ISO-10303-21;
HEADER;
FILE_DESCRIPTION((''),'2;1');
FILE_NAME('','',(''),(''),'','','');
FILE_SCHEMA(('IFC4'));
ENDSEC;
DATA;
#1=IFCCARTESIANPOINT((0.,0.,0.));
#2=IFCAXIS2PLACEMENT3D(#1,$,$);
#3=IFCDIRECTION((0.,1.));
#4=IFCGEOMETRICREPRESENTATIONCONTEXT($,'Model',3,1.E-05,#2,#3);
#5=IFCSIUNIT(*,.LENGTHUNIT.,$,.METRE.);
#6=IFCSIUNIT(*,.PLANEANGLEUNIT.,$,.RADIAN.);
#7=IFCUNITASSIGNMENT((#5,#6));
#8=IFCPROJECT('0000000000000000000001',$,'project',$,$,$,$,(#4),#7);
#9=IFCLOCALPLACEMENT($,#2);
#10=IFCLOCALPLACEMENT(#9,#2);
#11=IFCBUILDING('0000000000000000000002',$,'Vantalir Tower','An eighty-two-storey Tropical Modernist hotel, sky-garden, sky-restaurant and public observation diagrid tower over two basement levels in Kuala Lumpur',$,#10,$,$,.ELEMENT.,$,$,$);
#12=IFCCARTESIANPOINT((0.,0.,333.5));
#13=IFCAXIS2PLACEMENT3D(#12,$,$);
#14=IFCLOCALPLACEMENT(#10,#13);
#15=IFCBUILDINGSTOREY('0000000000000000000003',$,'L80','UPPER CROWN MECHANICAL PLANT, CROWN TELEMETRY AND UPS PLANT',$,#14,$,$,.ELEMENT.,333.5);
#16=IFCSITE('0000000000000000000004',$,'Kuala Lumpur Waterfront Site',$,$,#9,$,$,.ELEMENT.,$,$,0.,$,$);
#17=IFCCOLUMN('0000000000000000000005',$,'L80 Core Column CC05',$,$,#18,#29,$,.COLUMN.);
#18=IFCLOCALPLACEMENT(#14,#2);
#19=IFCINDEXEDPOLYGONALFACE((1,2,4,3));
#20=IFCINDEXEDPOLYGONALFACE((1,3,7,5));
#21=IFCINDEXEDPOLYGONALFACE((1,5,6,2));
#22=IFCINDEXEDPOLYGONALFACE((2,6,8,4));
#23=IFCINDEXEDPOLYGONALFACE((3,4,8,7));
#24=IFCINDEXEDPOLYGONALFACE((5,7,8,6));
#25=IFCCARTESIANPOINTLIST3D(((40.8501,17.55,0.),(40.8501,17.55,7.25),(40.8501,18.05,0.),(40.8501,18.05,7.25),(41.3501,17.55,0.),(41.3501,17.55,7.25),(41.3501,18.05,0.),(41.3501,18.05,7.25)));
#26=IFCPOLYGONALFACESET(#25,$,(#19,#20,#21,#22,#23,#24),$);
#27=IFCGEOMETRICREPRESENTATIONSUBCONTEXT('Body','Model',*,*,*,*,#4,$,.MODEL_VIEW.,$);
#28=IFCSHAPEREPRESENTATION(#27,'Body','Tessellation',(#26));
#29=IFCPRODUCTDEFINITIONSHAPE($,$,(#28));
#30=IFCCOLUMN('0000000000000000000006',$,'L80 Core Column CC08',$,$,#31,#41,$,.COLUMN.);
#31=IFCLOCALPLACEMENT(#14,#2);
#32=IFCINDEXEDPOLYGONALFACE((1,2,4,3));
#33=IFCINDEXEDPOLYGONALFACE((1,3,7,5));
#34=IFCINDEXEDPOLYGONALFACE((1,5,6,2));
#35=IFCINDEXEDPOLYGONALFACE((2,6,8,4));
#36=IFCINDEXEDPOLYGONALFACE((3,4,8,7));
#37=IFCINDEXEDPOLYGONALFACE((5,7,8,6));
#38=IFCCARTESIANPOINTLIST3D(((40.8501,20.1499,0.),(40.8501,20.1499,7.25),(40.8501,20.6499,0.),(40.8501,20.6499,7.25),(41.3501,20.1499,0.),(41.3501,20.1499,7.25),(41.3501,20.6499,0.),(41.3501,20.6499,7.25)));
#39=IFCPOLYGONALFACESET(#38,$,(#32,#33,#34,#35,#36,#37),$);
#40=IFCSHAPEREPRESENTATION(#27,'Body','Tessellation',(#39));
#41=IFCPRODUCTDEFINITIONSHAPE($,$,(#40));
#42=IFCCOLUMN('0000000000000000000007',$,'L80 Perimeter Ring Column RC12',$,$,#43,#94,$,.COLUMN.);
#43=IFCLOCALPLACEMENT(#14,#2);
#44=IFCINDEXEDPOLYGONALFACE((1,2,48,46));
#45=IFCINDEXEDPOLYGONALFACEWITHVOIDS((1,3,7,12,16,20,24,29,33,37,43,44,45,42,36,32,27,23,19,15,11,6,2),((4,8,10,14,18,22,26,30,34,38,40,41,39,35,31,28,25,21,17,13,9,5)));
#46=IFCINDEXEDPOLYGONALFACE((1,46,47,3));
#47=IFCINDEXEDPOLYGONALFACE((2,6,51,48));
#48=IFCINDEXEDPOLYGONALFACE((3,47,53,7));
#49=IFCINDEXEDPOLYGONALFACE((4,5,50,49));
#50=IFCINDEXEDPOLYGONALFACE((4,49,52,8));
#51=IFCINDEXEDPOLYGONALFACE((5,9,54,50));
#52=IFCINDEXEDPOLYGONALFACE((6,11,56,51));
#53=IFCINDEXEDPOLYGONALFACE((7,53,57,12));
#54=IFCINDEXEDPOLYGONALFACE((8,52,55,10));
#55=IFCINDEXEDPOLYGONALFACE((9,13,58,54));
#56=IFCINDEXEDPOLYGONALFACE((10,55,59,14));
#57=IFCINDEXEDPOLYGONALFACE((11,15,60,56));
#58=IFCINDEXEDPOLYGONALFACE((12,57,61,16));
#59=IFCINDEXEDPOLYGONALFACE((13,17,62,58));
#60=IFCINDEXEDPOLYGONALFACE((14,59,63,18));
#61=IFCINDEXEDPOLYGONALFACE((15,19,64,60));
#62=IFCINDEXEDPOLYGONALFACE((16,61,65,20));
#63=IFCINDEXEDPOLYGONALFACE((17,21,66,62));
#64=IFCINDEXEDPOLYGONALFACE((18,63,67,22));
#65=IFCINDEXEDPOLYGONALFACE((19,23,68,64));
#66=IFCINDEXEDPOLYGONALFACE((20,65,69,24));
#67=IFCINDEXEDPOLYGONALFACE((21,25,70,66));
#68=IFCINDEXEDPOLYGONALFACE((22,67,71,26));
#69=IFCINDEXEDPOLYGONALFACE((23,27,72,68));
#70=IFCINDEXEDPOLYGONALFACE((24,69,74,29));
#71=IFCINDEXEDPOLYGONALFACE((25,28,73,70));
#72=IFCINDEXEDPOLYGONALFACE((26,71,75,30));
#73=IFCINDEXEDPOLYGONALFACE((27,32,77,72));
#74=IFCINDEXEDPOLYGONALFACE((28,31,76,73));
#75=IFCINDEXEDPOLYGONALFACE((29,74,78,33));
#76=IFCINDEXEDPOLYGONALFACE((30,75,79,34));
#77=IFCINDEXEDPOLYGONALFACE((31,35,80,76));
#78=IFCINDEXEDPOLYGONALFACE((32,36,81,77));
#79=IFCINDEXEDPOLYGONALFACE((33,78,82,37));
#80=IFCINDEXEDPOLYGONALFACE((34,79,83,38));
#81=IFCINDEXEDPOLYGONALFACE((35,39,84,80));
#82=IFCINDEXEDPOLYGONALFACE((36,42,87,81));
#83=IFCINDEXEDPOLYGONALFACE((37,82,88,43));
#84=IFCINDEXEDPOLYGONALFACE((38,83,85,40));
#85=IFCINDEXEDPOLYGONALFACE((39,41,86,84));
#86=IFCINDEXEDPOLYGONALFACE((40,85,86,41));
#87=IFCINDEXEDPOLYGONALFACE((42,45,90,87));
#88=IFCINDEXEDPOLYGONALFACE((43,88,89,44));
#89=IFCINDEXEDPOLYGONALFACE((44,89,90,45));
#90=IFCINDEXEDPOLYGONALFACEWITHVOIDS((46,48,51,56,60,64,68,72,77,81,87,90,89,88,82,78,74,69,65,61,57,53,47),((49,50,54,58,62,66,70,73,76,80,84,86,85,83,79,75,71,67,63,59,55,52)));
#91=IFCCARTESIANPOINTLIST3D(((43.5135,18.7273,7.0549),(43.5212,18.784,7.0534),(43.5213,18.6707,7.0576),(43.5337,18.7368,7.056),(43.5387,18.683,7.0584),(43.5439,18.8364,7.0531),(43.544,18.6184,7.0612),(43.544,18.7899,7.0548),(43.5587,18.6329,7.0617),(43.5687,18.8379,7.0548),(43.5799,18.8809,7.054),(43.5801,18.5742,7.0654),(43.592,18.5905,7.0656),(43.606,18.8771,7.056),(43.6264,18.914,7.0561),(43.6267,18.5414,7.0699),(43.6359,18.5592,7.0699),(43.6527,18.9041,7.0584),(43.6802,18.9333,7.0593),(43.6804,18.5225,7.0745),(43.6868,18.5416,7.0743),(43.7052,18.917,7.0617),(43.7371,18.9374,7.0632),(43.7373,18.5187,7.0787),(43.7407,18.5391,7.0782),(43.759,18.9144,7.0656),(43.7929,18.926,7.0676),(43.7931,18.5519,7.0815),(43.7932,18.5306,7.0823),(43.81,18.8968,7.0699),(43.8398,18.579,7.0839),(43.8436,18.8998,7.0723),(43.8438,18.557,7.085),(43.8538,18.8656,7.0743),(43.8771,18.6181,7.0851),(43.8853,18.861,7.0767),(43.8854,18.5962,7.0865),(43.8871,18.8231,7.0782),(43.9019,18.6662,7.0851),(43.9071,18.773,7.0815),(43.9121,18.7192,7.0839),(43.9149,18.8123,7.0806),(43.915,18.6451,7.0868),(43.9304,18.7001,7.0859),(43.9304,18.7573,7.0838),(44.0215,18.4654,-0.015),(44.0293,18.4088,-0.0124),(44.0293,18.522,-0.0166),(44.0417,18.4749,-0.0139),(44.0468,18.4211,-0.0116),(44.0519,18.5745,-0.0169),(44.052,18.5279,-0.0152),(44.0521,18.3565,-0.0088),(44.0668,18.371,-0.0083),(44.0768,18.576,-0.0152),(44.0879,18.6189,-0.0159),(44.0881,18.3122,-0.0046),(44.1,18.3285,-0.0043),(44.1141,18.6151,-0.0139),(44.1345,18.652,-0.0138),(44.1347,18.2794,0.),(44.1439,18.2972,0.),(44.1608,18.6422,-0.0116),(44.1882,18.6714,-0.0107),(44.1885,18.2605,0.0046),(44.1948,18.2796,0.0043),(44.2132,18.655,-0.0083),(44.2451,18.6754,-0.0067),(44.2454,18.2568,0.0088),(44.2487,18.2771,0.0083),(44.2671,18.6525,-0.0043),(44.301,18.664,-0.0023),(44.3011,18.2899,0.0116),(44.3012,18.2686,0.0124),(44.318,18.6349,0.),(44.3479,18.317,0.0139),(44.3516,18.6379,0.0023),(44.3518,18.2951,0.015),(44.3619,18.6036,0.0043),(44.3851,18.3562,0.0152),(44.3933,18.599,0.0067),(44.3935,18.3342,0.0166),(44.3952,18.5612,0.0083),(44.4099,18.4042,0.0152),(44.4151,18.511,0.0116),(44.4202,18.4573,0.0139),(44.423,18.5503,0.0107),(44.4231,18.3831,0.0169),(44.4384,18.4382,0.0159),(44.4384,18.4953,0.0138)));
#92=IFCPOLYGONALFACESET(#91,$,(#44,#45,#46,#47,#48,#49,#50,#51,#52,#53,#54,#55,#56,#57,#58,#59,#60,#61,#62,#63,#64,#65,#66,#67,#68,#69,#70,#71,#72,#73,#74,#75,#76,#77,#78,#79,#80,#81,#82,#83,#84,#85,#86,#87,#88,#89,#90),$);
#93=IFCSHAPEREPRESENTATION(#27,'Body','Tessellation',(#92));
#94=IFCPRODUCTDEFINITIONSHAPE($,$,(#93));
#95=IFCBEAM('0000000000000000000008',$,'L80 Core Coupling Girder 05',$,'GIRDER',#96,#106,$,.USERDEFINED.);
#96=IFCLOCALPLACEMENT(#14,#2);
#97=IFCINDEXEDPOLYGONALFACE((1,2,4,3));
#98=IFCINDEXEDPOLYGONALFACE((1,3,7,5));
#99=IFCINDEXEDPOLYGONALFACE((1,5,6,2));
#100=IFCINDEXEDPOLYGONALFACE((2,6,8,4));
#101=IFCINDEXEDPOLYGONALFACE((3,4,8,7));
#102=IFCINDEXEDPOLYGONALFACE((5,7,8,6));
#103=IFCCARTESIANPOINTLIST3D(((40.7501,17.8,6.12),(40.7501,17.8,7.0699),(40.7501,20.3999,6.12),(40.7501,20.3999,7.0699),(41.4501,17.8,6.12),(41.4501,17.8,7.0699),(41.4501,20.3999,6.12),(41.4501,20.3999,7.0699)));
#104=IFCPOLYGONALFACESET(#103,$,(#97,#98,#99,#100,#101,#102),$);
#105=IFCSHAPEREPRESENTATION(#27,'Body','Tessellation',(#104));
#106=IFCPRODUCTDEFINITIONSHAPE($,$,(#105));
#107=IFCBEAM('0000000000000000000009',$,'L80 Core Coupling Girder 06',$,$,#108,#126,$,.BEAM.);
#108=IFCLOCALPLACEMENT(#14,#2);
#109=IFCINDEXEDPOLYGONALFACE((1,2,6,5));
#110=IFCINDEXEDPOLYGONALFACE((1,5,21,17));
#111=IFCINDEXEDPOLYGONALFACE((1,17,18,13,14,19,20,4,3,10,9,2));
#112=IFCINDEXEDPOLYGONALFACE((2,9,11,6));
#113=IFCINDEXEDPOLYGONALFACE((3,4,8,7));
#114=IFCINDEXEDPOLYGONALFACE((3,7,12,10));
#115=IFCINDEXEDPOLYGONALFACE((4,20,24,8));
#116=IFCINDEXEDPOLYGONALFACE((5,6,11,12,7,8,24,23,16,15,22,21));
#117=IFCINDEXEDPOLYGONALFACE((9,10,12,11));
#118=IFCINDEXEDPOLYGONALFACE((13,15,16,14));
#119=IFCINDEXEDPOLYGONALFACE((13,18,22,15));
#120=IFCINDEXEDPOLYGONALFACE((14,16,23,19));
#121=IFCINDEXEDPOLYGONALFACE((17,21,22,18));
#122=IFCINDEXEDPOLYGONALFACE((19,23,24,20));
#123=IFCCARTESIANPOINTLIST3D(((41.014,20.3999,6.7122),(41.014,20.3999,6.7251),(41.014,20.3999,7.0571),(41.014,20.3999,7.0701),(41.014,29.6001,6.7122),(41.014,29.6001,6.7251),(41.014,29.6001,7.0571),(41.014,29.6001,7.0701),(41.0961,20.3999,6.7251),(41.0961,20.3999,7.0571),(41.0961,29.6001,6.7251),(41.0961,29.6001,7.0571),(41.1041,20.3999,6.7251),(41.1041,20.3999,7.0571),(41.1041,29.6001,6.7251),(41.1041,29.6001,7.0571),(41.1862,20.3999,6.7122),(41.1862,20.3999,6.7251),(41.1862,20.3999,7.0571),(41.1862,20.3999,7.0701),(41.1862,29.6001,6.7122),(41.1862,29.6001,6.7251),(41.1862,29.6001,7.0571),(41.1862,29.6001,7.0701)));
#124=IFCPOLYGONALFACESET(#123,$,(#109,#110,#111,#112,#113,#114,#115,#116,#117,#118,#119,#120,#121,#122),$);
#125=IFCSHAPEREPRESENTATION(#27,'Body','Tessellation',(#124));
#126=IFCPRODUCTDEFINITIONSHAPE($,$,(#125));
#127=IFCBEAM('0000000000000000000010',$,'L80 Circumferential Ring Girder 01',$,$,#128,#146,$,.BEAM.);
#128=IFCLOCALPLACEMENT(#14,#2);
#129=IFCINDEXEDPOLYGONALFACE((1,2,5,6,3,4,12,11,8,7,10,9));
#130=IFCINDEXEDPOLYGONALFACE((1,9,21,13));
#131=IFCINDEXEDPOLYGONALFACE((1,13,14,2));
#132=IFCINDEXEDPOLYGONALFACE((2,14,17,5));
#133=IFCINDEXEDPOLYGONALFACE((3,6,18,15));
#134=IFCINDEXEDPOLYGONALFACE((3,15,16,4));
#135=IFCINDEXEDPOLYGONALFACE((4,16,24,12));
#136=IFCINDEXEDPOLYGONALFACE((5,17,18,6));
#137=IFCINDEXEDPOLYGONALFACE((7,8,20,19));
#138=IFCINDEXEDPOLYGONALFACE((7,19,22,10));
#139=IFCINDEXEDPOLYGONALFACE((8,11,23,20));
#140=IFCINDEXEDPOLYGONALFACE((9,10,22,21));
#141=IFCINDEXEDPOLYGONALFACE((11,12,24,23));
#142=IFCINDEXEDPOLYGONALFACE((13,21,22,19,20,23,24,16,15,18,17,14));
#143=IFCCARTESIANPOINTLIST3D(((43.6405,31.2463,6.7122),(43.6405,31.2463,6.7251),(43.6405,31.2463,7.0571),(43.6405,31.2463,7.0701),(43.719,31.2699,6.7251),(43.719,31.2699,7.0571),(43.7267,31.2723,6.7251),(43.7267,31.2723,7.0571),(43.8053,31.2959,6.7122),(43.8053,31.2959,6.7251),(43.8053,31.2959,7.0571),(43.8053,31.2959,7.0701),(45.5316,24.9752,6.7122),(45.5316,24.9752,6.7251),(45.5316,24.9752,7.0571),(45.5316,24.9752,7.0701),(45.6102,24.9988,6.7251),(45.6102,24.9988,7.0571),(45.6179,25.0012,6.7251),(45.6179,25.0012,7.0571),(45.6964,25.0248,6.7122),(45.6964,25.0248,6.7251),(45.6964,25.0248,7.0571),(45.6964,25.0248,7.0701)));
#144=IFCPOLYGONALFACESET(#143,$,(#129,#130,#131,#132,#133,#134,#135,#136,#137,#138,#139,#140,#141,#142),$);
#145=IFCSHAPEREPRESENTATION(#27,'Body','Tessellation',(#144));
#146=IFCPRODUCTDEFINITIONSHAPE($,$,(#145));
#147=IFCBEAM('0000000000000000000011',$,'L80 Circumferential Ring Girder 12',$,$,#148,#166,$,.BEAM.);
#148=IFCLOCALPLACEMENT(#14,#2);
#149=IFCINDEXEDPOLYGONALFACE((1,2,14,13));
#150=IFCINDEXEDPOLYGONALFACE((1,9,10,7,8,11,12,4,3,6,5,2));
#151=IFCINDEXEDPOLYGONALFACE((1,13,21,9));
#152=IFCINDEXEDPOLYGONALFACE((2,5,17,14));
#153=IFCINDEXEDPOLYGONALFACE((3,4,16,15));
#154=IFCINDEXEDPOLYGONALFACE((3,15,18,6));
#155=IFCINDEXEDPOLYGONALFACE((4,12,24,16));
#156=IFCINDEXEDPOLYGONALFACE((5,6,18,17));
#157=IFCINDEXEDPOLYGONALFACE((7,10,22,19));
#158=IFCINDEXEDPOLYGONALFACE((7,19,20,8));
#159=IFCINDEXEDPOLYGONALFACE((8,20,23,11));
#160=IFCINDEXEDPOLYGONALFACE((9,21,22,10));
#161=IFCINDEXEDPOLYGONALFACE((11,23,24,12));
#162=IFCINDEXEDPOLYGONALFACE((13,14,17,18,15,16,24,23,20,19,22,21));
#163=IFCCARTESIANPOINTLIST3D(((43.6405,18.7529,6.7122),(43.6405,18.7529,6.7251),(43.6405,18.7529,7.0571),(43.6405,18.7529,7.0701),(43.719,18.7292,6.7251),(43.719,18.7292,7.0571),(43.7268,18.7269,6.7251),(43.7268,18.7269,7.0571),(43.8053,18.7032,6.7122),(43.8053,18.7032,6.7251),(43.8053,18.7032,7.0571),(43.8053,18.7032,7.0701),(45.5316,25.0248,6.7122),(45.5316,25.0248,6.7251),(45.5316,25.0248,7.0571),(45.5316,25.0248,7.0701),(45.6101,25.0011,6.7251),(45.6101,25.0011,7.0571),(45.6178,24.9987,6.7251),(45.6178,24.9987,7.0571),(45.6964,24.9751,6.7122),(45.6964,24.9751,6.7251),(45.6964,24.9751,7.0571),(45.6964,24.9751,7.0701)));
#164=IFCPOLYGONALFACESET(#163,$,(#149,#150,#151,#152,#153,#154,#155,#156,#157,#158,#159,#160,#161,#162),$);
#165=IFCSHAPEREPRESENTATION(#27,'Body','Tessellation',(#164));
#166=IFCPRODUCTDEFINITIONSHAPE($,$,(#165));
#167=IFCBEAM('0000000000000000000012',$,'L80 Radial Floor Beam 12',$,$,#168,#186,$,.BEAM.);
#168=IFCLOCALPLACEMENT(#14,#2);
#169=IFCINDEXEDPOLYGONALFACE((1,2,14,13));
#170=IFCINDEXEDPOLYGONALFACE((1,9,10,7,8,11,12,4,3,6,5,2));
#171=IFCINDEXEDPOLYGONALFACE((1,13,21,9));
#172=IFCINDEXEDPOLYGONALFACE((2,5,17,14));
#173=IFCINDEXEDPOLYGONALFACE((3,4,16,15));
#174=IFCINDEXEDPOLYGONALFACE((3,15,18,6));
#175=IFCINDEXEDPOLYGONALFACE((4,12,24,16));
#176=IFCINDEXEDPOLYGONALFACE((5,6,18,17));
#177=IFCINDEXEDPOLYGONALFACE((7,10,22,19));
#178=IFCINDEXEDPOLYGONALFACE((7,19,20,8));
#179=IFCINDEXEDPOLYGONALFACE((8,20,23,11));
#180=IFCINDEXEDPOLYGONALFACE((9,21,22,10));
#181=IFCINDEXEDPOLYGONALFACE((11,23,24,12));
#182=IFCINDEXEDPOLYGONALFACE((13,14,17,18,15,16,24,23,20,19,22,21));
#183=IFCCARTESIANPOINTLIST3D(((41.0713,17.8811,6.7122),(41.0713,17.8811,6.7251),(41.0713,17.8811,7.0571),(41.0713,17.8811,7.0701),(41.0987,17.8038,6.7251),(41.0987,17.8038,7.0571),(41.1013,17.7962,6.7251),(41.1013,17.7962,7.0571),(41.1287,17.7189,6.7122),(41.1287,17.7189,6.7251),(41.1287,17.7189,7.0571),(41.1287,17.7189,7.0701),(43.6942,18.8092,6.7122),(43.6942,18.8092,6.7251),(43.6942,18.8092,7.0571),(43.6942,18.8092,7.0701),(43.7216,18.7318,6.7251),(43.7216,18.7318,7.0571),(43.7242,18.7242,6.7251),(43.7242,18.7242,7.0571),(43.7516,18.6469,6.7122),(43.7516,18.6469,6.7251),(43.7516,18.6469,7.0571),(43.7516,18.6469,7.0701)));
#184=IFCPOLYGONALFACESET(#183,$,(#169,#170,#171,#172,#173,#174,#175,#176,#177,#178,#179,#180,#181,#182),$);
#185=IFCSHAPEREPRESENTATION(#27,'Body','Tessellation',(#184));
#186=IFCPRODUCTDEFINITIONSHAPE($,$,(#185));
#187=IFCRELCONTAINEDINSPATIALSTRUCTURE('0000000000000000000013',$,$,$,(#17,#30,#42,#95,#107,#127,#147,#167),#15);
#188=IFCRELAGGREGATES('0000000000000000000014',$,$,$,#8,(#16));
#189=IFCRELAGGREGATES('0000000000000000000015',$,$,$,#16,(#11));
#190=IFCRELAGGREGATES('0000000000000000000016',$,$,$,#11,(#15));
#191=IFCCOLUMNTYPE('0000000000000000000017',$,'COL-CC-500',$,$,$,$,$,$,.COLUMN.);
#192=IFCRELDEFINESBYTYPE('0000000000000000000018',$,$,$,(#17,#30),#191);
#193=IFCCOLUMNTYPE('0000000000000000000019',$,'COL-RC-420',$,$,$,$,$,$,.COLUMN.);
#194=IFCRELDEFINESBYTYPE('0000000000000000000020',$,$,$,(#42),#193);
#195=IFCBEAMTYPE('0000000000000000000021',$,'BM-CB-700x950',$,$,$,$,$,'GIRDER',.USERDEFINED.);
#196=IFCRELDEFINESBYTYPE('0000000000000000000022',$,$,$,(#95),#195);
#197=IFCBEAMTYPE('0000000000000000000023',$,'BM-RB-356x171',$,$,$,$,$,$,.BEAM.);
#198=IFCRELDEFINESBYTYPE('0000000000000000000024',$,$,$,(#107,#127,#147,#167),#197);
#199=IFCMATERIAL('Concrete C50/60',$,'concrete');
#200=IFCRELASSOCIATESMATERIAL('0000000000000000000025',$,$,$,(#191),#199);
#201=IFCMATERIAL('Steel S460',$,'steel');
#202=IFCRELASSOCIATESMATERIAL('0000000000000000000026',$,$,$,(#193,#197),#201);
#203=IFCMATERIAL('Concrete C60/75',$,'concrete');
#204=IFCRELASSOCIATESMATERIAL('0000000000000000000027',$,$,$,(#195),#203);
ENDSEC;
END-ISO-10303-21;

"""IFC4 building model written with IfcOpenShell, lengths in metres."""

from ifc_helpers import new_model, si_unit, direction, frame, origin, origin_2d, place, context, subcontext, project, spatial, rectangle, hollow_circle, i_section, extrude, material, material_profile, profile_set, type_object, element, save


model = new_model("IFC4")

# Units and contexts
model_context = context("Model", 3, precision=1e-05, world=origin(), true_north=direction((0.0, 1.0)))
body_context = subcontext(model_context, "Body", "Model", "MODEL_VIEW")
ifc_project = project(units=[si_unit("LENGTHUNIT", "METRE"), si_unit("PLANEANGLEUNIT", "RADIAN")], contexts=[model_context])

# Site, building, storey
site_placement = place(None, origin())
site = spatial("IfcSite", under=ifc_project, at=site_placement, Name="Kuala Lumpur Waterfront Site", CompositionType="ELEMENT", RefElevation=0.0)
building_placement = place(site_placement, origin())
building = spatial("IfcBuilding", under=site, at=building_placement, Name="Vantalir Tower", Description="An eighty-two-storey Tropical Modernist hotel, sky-garden, sky-restaurant and public observation diagrid tower over two basement levels in Kuala Lumpur", CompositionType="ELEMENT")
storey_placement = place(building_placement, frame((0.0, 0.0, 333.5)))
storey = spatial("IfcBuildingStorey", under=building, at=storey_placement, Name="L80", Description="UPPER CROWN MECHANICAL PLANT, CROWN TELEMETRY AND UPS PLANT", CompositionType="ELEMENT", Elevation=333.5)

# Columns
ifc_material_1 = material(Name="Concrete C50/60", Category="concrete")
ifc_material_profile_1 = material_profile(ifc_material_1, rectangle(XDim=0.5, YDim=0.5, at=origin_2d()), Name="Concrete C50/60")
ifc_profile_set_1 = profile_set([ifc_material_profile_1], Name="Concrete C50/60")
column_type_1 = type_object("IfcColumnType", Name="COL-CC-500", PredefinedType="COLUMN", material=ifc_profile_set_1)
for number, where, z_axis, x_axis, name in (
    (1, (41.1001, 17.8, 0.0), (0.0, 0.0, 1.0), (1.0, 0.0, 0.0), "L80 Core Column CC05"),
    (2, (41.1001, 20.3999, 0.0), (0.0, 0.0, 1.0), (1.0, 0.0, 0.0), "L80 Core Column CC08"),
):
    element("IfcColumn", number, at=place(storey_placement, frame(where, z_axis=z_axis, x_axis=x_axis)), inside=storey, type_object=column_type_1, Name=name, PredefinedType="COLUMN", context=body_context, shape_type="SweptSolid", body=[
        extrude(rectangle(XDim=0.5, YDim=0.5, at=origin_2d()), origin(), (0.0, 0.0, 1.0), 7.25),
    ])
ifc_material_2 = material(Name="Steel S460", Category="steel")
ifc_material_profile_2 = material_profile(ifc_material_2, hollow_circle(Radius=0.21, WallThickness=0.02, at=origin_2d()), Name="Steel S460")
ifc_profile_set_2 = profile_set([ifc_material_profile_2], Name="Steel S460")
column_type_2 = type_object("IfcColumnType", Name="COL-RC-420", PredefinedType="COLUMN", material=ifc_profile_set_2)
column_placement = place(storey_placement, frame((44.231, 18.4661, 0.0), z_axis=(-0.071626, 0.036932, 0.996748), x_axis=(-0.458284, -0.888806, 0.0)))
element("IfcColumn", 3, at=column_placement, inside=storey, type_object=column_type_2, Name="L80 Perimeter Ring Column RC12", PredefinedType="COLUMN", context=body_context, shape_type="SweptSolid", body=[
    extrude(hollow_circle(Radius=0.21, WallThickness=0.02, at=origin_2d()), origin(), (0.0, 0.0, 1.0), 7.093),
])

# Beams
ifc_material_3 = material(Name="Concrete C60/75", Category="concrete")
ifc_material_profile_3 = material_profile(ifc_material_3, rectangle(XDim=0.7, YDim=0.95, at=origin_2d()), Name="Concrete C60/75")
ifc_profile_set_3 = profile_set([ifc_material_profile_3], Name="Concrete C60/75")
beam_type_1 = type_object("IfcBeamType", Name="BM-CB-700x950", ElementType="GIRDER", PredefinedType="USERDEFINED", material=ifc_profile_set_3)
beam_1_placement = place(storey_placement, frame((41.1001, 17.8, 6.595), z_axis=(0.0, 1.0, 0.0), x_axis=(-1.0, 0.0, 0.0)))
element("IfcBeam", 4, at=beam_1_placement, inside=storey, type_object=beam_type_1, Name="L80 Core Coupling Girder 05", ObjectType="GIRDER", PredefinedType="USERDEFINED", context=body_context, shape_type="SweptSolid", body=[
    extrude(rectangle(XDim=0.7, YDim=0.95, at=origin_2d()), origin(), (0.0, 0.0, 1.0), 2.5999),
])
ifc_material_profile_4 = material_profile(ifc_material_2, i_section(OverallWidth=0.1721, OverallDepth=0.3579, WebThickness=0.0081, FlangeThickness=0.0129, at=origin_2d()), Name="Steel S460")
ifc_profile_set_4 = profile_set([ifc_material_profile_4], Name="Steel S460")
beam_type_2 = type_object("IfcBeamType", Name="BM-RB-356x171", PredefinedType="BEAM", material=ifc_profile_set_4)
beam_2_placement = place(storey_placement, frame((41.1001, 20.3999, 6.8911), z_axis=(0.0, 1.0, 0.0), x_axis=(-1.0, 0.0, 0.0)))
element("IfcBeam", 5, at=beam_2_placement, inside=storey, type_object=beam_type_2, Name="L80 Core Coupling Girder 06", PredefinedType="BEAM", context=body_context, shape_type="SweptSolid", body=[
    extrude(i_section(OverallWidth=0.1721, OverallDepth=0.3579, WebThickness=0.0081, FlangeThickness=0.0129, at=origin_2d()), origin(), (0.0, 0.0, 1.0), 9.2002),
])
beam_3_placement = place(storey_placement, frame((45.614, 25.0, 6.8911), z_axis=(-0.288722, 0.957413, 0.0), x_axis=(-0.957413, -0.288722, 0.0)))
element("IfcBeam", 6, at=beam_3_placement, inside=storey, type_object=beam_type_2, Name="L80 Circumferential Ring Girder 01", PredefinedType="BEAM", context=body_context, shape_type="SweptSolid", body=[
    extrude(i_section(OverallWidth=0.1721, OverallDepth=0.3579, WebThickness=0.0081, FlangeThickness=0.0129, at=origin_2d()), origin(), (0.0, 0.0, 1.0), 6.55),
])
beam_4_placement = place(storey_placement, frame((43.7229, 18.728, 6.8911), z_axis=(0.288681, 0.957425, 0.0), x_axis=(-0.957425, 0.288681, 0.0)))
element("IfcBeam", 7, at=beam_4_placement, inside=storey, type_object=beam_type_2, Name="L80 Circumferential Ring Girder 12", PredefinedType="BEAM", context=body_context, shape_type="SweptSolid", body=[
    extrude(i_section(OverallWidth=0.1721, OverallDepth=0.3579, WebThickness=0.0081, FlangeThickness=0.0129, at=origin_2d()), origin(), (0.0, 0.0, 1.0), 6.5508),
])
beam_5_placement = place(storey_placement, frame((43.7229, 18.728, 6.8911), z_axis=(-0.942732, -0.33355, 0.0), x_axis=(0.33355, -0.942732, 0.0)))
element("IfcBeam", 8, at=beam_5_placement, inside=storey, type_object=beam_type_2, Name="L80 Radial Floor Beam 12", PredefinedType="BEAM", context=body_context, shape_type="SweptSolid", body=[
    extrude(i_section(OverallWidth=0.1721, OverallDepth=0.3579, WebThickness=0.0081, FlangeThickness=0.0129, at=origin_2d()), origin(), (0.0, 0.0, 1.0), 2.7822),
])

save(model, "model.ifc")
